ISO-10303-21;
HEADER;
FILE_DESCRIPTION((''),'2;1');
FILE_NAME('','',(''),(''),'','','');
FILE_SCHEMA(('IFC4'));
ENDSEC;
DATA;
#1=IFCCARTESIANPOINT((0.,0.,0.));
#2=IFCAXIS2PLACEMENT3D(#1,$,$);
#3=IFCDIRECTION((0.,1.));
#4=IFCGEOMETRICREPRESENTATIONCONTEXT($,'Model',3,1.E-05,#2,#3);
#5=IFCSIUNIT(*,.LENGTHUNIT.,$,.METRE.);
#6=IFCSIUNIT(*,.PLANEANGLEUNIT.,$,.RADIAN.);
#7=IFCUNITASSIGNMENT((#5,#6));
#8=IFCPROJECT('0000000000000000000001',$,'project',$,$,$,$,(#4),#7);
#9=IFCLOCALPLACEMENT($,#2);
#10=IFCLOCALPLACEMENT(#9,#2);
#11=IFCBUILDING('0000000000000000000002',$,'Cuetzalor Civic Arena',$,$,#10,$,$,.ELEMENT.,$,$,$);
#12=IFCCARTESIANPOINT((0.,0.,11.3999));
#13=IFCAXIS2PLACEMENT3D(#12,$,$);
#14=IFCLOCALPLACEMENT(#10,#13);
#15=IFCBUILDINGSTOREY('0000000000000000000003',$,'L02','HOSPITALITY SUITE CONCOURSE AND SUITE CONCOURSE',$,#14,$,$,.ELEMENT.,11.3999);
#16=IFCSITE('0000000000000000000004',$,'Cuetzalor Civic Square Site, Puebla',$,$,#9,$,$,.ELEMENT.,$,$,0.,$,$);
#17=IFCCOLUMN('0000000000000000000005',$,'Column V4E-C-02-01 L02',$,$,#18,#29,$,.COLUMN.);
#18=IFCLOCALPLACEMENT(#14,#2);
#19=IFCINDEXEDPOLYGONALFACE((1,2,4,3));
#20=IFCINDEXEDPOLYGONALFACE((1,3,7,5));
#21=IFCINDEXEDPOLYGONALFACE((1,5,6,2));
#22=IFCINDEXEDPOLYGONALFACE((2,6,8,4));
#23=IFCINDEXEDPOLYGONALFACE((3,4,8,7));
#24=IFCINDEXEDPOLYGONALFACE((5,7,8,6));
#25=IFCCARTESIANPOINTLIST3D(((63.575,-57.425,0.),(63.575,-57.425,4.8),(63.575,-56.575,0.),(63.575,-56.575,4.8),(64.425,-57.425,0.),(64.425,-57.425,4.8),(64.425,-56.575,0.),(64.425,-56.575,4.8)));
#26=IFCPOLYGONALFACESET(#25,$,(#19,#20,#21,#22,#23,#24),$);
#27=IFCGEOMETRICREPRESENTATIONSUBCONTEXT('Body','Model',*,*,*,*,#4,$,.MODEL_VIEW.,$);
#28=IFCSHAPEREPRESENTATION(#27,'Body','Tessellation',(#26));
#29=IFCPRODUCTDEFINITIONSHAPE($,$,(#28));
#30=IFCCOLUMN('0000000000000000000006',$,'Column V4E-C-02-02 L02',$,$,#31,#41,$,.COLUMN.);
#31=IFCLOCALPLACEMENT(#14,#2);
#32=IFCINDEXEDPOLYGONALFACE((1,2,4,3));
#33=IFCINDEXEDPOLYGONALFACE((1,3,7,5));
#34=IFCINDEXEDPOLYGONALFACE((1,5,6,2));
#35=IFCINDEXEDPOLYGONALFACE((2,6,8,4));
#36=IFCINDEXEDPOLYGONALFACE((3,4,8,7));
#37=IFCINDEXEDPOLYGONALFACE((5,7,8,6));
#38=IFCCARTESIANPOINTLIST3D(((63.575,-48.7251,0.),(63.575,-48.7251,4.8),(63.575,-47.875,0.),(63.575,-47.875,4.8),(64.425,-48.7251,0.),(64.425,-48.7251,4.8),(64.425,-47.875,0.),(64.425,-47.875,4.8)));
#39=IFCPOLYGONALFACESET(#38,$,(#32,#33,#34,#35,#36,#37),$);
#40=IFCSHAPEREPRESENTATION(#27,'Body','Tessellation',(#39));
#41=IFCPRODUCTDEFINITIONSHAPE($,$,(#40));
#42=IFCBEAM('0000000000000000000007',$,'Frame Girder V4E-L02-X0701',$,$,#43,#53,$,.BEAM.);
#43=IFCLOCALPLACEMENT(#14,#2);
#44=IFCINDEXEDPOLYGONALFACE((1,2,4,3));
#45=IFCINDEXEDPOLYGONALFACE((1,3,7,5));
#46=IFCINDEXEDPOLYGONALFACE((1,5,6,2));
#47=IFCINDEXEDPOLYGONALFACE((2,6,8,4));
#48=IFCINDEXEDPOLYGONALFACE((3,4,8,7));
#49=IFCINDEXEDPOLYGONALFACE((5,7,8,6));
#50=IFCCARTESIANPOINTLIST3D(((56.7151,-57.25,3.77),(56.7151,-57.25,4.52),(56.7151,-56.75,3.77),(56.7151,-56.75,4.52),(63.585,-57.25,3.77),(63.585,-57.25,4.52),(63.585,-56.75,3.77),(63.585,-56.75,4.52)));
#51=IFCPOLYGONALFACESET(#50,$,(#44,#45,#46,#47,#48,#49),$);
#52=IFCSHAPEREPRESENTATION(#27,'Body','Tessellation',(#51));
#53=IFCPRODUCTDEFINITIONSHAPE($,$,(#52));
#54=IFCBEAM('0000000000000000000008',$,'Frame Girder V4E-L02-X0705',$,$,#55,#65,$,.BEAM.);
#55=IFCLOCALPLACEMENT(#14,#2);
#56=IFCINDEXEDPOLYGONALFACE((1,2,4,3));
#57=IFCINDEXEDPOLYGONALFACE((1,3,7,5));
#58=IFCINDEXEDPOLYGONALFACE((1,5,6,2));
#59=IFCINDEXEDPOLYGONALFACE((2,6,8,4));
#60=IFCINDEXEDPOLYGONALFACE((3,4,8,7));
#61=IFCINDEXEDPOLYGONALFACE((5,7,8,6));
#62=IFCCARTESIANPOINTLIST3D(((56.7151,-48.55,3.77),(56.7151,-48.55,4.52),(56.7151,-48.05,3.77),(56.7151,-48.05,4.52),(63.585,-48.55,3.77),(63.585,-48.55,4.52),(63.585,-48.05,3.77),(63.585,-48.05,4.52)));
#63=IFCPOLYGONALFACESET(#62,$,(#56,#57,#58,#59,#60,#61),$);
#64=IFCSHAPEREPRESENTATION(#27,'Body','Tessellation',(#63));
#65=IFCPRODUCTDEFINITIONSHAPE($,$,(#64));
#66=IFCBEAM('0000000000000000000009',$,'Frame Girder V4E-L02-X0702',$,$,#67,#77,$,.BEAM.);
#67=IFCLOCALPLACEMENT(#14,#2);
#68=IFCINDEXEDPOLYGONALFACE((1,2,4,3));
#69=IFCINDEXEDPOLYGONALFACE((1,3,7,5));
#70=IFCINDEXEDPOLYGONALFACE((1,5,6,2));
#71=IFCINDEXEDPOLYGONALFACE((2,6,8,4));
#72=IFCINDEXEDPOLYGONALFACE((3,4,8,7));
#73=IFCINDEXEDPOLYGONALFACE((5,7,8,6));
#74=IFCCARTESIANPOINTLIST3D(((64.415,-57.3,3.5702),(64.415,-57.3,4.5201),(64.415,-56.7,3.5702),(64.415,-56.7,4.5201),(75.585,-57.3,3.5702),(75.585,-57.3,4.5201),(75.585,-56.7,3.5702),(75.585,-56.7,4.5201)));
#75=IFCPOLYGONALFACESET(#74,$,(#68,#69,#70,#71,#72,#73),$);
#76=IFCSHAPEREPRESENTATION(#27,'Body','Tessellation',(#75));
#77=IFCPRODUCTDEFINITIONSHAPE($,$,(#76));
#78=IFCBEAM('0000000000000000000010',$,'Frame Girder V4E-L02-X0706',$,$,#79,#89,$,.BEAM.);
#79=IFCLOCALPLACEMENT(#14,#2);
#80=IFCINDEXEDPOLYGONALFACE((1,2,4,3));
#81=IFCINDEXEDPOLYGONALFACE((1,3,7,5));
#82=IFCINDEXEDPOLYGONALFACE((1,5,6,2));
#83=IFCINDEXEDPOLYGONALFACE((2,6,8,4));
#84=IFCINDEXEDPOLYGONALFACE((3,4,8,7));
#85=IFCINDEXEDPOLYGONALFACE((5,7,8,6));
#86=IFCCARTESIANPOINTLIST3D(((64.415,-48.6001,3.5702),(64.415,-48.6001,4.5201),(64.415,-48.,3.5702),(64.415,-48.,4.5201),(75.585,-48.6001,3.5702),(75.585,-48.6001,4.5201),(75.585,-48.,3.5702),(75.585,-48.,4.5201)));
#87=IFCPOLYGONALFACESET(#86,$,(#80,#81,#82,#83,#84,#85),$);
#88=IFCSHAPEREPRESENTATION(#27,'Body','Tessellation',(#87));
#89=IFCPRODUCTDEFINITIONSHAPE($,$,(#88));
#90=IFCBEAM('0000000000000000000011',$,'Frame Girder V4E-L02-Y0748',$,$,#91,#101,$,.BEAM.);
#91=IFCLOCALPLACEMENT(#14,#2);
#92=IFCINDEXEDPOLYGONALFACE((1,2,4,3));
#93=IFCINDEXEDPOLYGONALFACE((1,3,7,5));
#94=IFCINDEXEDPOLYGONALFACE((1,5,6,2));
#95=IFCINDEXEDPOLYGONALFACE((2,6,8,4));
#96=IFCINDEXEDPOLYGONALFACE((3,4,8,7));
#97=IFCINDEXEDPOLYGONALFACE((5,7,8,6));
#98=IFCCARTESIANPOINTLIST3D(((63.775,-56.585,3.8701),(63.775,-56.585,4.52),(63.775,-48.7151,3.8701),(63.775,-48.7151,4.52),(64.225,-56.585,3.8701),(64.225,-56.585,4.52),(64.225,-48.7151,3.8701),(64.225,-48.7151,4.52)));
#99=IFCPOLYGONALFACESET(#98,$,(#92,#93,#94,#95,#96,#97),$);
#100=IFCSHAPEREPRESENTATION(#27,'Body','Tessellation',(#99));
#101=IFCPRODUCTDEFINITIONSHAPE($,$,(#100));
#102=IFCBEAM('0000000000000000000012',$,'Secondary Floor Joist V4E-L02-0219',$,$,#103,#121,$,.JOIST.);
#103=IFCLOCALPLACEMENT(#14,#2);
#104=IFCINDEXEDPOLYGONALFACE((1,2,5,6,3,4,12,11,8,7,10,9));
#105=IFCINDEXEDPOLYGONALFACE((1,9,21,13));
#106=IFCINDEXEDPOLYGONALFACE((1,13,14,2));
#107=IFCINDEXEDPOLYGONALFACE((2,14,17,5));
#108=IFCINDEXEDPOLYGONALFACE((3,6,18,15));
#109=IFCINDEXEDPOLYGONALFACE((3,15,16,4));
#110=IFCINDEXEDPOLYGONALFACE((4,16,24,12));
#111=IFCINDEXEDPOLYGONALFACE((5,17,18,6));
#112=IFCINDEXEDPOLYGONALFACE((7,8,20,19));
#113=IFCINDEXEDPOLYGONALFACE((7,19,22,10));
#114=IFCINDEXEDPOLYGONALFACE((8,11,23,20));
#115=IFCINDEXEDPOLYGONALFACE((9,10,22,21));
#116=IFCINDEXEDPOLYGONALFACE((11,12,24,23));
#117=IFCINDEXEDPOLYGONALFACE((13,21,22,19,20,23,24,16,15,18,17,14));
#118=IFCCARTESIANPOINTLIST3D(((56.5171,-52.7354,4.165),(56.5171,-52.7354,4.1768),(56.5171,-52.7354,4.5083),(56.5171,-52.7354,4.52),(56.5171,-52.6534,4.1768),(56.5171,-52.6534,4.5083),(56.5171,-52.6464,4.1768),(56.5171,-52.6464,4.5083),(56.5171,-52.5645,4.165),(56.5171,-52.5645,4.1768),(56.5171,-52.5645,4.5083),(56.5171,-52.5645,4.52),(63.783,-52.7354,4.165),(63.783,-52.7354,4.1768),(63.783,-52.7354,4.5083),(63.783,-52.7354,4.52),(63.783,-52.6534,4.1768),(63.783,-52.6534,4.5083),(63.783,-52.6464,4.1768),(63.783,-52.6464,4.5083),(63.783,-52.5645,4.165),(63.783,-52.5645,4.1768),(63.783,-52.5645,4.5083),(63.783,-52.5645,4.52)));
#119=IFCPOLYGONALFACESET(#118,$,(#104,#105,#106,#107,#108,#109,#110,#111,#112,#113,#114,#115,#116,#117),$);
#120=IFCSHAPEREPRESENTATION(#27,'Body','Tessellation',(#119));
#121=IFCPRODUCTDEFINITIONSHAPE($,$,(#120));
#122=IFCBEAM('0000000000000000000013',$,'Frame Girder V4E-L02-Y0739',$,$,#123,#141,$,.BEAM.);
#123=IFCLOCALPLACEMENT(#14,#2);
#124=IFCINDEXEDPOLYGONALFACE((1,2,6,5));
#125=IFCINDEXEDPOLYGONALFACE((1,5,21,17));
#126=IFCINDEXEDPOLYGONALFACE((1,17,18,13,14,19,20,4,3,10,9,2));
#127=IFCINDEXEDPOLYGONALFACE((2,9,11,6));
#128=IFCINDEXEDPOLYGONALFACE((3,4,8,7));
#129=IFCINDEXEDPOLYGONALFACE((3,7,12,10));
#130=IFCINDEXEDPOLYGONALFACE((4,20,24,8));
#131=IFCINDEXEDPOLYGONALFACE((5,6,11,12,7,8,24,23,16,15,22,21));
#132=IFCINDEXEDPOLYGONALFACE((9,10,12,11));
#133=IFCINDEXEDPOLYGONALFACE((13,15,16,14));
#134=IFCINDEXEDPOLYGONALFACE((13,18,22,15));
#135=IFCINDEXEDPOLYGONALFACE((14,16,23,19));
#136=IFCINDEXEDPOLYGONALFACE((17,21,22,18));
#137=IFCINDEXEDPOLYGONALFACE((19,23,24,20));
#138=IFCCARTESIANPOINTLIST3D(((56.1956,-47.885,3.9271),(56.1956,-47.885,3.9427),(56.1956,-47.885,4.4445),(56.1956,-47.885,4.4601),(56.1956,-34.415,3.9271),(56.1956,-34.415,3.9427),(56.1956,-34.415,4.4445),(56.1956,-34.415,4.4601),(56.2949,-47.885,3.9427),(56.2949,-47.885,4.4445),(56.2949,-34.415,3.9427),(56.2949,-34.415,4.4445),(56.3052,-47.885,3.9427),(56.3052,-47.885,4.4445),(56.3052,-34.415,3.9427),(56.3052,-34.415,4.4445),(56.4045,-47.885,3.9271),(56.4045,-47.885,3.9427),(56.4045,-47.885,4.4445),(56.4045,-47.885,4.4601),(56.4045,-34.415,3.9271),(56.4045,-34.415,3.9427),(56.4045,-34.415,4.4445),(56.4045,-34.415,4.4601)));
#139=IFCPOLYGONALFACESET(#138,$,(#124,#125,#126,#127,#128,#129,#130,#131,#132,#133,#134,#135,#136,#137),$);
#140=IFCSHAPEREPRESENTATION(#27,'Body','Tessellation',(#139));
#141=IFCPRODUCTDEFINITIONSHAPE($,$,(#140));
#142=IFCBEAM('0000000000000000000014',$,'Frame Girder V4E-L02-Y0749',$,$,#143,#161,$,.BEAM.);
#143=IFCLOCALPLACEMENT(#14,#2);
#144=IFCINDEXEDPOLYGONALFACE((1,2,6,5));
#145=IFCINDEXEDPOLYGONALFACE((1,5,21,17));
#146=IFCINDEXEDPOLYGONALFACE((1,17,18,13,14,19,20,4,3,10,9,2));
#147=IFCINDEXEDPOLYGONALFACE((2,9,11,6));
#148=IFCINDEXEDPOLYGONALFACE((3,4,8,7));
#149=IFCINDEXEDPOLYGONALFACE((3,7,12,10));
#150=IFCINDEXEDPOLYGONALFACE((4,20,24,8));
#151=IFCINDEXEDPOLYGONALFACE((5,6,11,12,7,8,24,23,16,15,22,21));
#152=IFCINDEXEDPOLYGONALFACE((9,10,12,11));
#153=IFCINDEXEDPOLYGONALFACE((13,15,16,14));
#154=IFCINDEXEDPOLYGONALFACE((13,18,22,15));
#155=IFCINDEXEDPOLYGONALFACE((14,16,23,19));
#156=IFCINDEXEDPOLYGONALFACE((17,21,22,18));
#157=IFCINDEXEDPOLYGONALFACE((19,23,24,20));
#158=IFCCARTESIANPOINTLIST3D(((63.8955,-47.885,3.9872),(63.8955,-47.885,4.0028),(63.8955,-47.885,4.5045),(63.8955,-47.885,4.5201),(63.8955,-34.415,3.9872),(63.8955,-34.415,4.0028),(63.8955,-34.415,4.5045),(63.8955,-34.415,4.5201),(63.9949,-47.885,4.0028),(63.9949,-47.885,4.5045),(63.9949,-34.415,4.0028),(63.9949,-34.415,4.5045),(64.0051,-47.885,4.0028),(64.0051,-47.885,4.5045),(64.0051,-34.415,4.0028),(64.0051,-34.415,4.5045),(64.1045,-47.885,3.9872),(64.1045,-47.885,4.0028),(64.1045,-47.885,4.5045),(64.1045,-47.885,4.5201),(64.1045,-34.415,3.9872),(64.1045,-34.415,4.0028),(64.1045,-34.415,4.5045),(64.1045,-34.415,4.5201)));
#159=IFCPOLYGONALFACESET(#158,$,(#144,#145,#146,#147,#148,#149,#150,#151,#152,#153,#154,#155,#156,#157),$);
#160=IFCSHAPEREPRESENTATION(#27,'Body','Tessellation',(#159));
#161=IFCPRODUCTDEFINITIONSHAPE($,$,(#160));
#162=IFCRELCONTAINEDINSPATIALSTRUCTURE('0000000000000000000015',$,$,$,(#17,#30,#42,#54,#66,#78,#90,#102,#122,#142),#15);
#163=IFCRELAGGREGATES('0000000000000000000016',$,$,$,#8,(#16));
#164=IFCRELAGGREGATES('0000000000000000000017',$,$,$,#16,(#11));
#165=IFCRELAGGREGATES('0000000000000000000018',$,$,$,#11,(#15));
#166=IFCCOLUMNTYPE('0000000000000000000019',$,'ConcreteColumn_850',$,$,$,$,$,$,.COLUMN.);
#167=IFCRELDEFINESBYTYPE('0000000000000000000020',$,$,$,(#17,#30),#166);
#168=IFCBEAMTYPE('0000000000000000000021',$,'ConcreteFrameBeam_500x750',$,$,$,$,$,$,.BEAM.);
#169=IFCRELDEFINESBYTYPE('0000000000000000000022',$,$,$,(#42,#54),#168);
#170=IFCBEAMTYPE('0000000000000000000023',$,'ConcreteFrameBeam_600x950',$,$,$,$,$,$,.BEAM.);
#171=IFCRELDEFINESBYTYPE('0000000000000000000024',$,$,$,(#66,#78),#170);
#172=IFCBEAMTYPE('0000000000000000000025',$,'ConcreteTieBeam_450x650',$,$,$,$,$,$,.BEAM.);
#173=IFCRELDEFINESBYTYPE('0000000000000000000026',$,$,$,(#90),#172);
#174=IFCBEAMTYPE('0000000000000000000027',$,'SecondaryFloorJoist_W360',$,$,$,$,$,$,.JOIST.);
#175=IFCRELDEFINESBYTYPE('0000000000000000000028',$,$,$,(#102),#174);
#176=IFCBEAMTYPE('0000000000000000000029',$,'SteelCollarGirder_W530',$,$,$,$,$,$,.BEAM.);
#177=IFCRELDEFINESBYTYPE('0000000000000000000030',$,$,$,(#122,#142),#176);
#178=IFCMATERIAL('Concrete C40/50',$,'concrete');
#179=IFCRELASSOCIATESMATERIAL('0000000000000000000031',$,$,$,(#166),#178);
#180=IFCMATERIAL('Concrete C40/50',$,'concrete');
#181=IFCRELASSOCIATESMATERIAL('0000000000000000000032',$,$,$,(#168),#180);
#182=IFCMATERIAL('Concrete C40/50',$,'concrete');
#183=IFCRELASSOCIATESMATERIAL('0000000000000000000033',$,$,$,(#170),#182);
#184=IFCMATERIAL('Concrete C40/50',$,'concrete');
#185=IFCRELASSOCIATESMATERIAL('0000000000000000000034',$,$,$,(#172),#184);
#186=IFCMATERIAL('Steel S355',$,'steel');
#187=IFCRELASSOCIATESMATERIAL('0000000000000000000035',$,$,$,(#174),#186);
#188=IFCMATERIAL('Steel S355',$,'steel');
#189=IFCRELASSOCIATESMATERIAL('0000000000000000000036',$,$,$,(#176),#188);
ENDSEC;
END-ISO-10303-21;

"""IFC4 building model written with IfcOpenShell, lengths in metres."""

from ifc_helpers import new_model, si_unit, direction, frame, origin, origin_2d, place, context, subcontext, project, spatial, rectangle, i_section, extrude, material, material_profile, profile_set, type_object, element, save


model = new_model("IFC4")

# Units and contexts
model_context = context("Model", 3, precision=1e-05, world=origin(), true_north=direction((0.0, 1.0)))
body_context = subcontext(model_context, "Body", "Model", "MODEL_VIEW")
ifc_project = project(units=[si_unit("LENGTHUNIT", "METRE"), si_unit("PLANEANGLEUNIT", "RADIAN")], contexts=[model_context])

# Site, building, storey
site_placement = place(None, origin())
site = spatial("IfcSite", under=ifc_project, at=site_placement, Name="Cuetzalor Civic Square Site, Puebla", CompositionType="ELEMENT", RefElevation=0.0)
building_placement = place(site_placement, origin())
building = spatial("IfcBuilding", under=site, at=building_placement, Name="Cuetzalor Civic Arena", CompositionType="ELEMENT")
storey_placement = place(building_placement, frame((0.0, 0.0, 11.3999)))
storey = spatial("IfcBuildingStorey", under=building, at=storey_placement, Name="L02", Description="HOSPITALITY SUITE CONCOURSE AND SUITE CONCOURSE", CompositionType="ELEMENT", Elevation=11.3999)

# Columns
ifc_material_1 = material(Name="Concrete C40/50", Category="concrete")
ifc_material_profile_1 = material_profile(ifc_material_1, rectangle(XDim=0.8501, YDim=0.8501, at=origin_2d()), Name="RC 850x850")
ifc_profile_set_1 = profile_set([ifc_material_profile_1], Name="Concrete C40/50")
column_type = type_object("IfcColumnType", Name="ConcreteColumn_850", PredefinedType="COLUMN", material=ifc_profile_set_1)
for number, where, z_axis, x_axis, name in (
    (1, (64.0, -57.0, 0.0), (0.0, 0.0, 1.0), (1.0, 0.0, 0.0), "Column V4E-C-02-01 L02"),
    (2, (64.0, -48.3, 0.0), (0.0, 0.0, 1.0), (1.0, 0.0, 0.0), "Column V4E-C-02-02 L02"),
):
    element("IfcColumn", number, at=place(storey_placement, frame(where, z_axis=z_axis, x_axis=x_axis)), inside=storey, type_object=column_type, Name=name, PredefinedType="COLUMN", context=body_context, shape_type="SweptSolid", body=[
        extrude(rectangle(XDim=0.8501, YDim=0.8501, at=origin_2d()), origin(), (0.0, 0.0, 1.0), 4.8),
    ])

# Beams
ifc_material_2 = material(Name="Concrete C40/50", Category="concrete")
ifc_material_profile_2 = material_profile(ifc_material_2, rectangle(XDim=0.5, YDim=0.75, at=origin_2d()), Name="RC 500x750")
ifc_profile_set_2 = profile_set([ifc_material_profile_2], Name="Concrete C40/50")
beam_type_1 = type_object("IfcBeamType", Name="ConcreteFrameBeam_500x750", PredefinedType="BEAM", material=ifc_profile_set_2)
for number, where, z_axis, x_axis, name in (
    (3, (56.7151, -57.0, 4.145), (1.0, 0.0, 0.0), (0.0, 1.0, 0.0), "Frame Girder V4E-L02-X0701"),
    (4, (56.7151, -48.3, 4.145), (1.0, 0.0, 0.0), (0.0, 1.0, 0.0), "Frame Girder V4E-L02-X0705"),
):
    element("IfcBeam", number, at=place(storey_placement, frame(where, z_axis=z_axis, x_axis=x_axis)), inside=storey, type_object=beam_type_1, Name=name, PredefinedType="BEAM", context=body_context, shape_type="SweptSolid", body=[
        extrude(rectangle(XDim=0.5, YDim=0.75, at=origin_2d()), origin(), (0.0, 0.0, 1.0), 6.8699),
    ])
ifc_material_3 = material(Name="Concrete C40/50", Category="concrete")
ifc_material_profile_3 = material_profile(ifc_material_3, rectangle(XDim=0.6001, YDim=0.95, at=origin_2d()), Name="RC 600x950")
ifc_profile_set_3 = profile_set([ifc_material_profile_3], Name="Concrete C40/50")
beam_type_2 = type_object("IfcBeamType", Name="ConcreteFrameBeam_600x950", PredefinedType="BEAM", material=ifc_profile_set_3)
for number, where, z_axis, x_axis, name in (
    (5, (64.415, -57.0, 4.0452), (1.0, 0.0, 0.0), (0.0, 1.0, 0.0), "Frame Girder V4E-L02-X0702"),
    (6, (64.415, -48.3, 4.0452), (1.0, 0.0, 0.0), (0.0, 1.0, 0.0), "Frame Girder V4E-L02-X0706"),
):
    element("IfcBeam", number, at=place(storey_placement, frame(where, z_axis=z_axis, x_axis=x_axis)), inside=storey, type_object=beam_type_2, Name=name, PredefinedType="BEAM", context=body_context, shape_type="SweptSolid", body=[
        extrude(rectangle(XDim=0.6001, YDim=0.95, at=origin_2d()), origin(), (0.0, 0.0, 1.0), 11.1699),
    ])
ifc_material_4 = material(Name="Concrete C40/50", Category="concrete")
ifc_material_profile_4 = material_profile(ifc_material_4, rectangle(XDim=0.45, YDim=0.6499, at=origin_2d()), Name="RC 450x650")
ifc_profile_set_4 = profile_set([ifc_material_profile_4], Name="Concrete C40/50")
beam_type_3 = type_object("IfcBeamType", Name="ConcreteTieBeam_450x650", PredefinedType="BEAM", material=ifc_profile_set_4)
beam_1_placement = place(storey_placement, frame((64.0, -56.585, 4.1951), z_axis=(0.0, 1.0, 0.0), x_axis=(-1.0, 0.0, 0.0)))
element("IfcBeam", 7, at=beam_1_placement, inside=storey, type_object=beam_type_3, Name="Frame Girder V4E-L02-Y0748", PredefinedType="BEAM", context=body_context, shape_type="SweptSolid", body=[
    extrude(rectangle(XDim=0.45, YDim=0.6499, at=origin_2d()), origin(), (0.0, 0.0, 1.0), 7.8699),
])
ifc_material_5 = material(Name="Steel S355", Category="steel")
ifc_material_profile_5 = material_profile(ifc_material_5, i_section(OverallWidth=0.1709, OverallDepth=0.355, WebThickness=0.0071, FlangeThickness=0.0117, at=origin_2d()), Name="W360x51")
ifc_profile_set_5 = profile_set([ifc_material_profile_5], Name="Steel S355")
beam_type_4 = type_object("IfcBeamType", Name="SecondaryFloorJoist_W360", PredefinedType="JOIST", material=ifc_profile_set_5)
beam_2_placement = place(storey_placement, frame((56.5171, -52.6499, 4.3425), z_axis=(1.0, 0.0, 0.0), x_axis=(0.0, 1.0, 0.0)))
element("IfcBeam", 8, at=beam_2_placement, inside=storey, type_object=beam_type_4, Name="Secondary Floor Joist V4E-L02-0219", PredefinedType="JOIST", context=body_context, shape_type="SweptSolid", body=[
    extrude(i_section(OverallWidth=0.1709, OverallDepth=0.355, WebThickness=0.0071, FlangeThickness=0.0117, at=origin_2d()), origin(), (0.0, 0.0, 1.0), 7.2659),
])
ifc_material_6 = material(Name="Steel S355", Category="steel")
ifc_material_profile_6 = material_profile(ifc_material_6, i_section(OverallWidth=0.209, OverallDepth=0.533, WebThickness=0.0103, FlangeThickness=0.0156, at=origin_2d()), Name="W530x92")
ifc_profile_set_6 = profile_set([ifc_material_profile_6], Name="Steel S355")
beam_type_5 = type_object("IfcBeamType", Name="SteelCollarGirder_W530", PredefinedType="BEAM", material=ifc_profile_set_6)
for number, where, z_axis, x_axis, name in (
    (9, (56.3, -47.885, 4.1936), (0.0, 1.0, 0.0), (-1.0, 0.0, 0.0), "Frame Girder V4E-L02-Y0739"),
    (10, (64.0, -47.885, 4.2537), (0.0, 1.0, 0.0), (-1.0, 0.0, 0.0), "Frame Girder V4E-L02-Y0749"),
):
    element("IfcBeam", number, at=place(storey_placement, frame(where, z_axis=z_axis, x_axis=x_axis)), inside=storey, type_object=beam_type_5, Name=name, PredefinedType="BEAM", context=body_context, shape_type="SweptSolid", body=[
        extrude(i_section(OverallWidth=0.209, OverallDepth=0.533, WebThickness=0.0103, FlangeThickness=0.0156, at=origin_2d()), origin(), (0.0, 0.0, 1.0), 13.47),
    ])

save(model, "model.ifc")
